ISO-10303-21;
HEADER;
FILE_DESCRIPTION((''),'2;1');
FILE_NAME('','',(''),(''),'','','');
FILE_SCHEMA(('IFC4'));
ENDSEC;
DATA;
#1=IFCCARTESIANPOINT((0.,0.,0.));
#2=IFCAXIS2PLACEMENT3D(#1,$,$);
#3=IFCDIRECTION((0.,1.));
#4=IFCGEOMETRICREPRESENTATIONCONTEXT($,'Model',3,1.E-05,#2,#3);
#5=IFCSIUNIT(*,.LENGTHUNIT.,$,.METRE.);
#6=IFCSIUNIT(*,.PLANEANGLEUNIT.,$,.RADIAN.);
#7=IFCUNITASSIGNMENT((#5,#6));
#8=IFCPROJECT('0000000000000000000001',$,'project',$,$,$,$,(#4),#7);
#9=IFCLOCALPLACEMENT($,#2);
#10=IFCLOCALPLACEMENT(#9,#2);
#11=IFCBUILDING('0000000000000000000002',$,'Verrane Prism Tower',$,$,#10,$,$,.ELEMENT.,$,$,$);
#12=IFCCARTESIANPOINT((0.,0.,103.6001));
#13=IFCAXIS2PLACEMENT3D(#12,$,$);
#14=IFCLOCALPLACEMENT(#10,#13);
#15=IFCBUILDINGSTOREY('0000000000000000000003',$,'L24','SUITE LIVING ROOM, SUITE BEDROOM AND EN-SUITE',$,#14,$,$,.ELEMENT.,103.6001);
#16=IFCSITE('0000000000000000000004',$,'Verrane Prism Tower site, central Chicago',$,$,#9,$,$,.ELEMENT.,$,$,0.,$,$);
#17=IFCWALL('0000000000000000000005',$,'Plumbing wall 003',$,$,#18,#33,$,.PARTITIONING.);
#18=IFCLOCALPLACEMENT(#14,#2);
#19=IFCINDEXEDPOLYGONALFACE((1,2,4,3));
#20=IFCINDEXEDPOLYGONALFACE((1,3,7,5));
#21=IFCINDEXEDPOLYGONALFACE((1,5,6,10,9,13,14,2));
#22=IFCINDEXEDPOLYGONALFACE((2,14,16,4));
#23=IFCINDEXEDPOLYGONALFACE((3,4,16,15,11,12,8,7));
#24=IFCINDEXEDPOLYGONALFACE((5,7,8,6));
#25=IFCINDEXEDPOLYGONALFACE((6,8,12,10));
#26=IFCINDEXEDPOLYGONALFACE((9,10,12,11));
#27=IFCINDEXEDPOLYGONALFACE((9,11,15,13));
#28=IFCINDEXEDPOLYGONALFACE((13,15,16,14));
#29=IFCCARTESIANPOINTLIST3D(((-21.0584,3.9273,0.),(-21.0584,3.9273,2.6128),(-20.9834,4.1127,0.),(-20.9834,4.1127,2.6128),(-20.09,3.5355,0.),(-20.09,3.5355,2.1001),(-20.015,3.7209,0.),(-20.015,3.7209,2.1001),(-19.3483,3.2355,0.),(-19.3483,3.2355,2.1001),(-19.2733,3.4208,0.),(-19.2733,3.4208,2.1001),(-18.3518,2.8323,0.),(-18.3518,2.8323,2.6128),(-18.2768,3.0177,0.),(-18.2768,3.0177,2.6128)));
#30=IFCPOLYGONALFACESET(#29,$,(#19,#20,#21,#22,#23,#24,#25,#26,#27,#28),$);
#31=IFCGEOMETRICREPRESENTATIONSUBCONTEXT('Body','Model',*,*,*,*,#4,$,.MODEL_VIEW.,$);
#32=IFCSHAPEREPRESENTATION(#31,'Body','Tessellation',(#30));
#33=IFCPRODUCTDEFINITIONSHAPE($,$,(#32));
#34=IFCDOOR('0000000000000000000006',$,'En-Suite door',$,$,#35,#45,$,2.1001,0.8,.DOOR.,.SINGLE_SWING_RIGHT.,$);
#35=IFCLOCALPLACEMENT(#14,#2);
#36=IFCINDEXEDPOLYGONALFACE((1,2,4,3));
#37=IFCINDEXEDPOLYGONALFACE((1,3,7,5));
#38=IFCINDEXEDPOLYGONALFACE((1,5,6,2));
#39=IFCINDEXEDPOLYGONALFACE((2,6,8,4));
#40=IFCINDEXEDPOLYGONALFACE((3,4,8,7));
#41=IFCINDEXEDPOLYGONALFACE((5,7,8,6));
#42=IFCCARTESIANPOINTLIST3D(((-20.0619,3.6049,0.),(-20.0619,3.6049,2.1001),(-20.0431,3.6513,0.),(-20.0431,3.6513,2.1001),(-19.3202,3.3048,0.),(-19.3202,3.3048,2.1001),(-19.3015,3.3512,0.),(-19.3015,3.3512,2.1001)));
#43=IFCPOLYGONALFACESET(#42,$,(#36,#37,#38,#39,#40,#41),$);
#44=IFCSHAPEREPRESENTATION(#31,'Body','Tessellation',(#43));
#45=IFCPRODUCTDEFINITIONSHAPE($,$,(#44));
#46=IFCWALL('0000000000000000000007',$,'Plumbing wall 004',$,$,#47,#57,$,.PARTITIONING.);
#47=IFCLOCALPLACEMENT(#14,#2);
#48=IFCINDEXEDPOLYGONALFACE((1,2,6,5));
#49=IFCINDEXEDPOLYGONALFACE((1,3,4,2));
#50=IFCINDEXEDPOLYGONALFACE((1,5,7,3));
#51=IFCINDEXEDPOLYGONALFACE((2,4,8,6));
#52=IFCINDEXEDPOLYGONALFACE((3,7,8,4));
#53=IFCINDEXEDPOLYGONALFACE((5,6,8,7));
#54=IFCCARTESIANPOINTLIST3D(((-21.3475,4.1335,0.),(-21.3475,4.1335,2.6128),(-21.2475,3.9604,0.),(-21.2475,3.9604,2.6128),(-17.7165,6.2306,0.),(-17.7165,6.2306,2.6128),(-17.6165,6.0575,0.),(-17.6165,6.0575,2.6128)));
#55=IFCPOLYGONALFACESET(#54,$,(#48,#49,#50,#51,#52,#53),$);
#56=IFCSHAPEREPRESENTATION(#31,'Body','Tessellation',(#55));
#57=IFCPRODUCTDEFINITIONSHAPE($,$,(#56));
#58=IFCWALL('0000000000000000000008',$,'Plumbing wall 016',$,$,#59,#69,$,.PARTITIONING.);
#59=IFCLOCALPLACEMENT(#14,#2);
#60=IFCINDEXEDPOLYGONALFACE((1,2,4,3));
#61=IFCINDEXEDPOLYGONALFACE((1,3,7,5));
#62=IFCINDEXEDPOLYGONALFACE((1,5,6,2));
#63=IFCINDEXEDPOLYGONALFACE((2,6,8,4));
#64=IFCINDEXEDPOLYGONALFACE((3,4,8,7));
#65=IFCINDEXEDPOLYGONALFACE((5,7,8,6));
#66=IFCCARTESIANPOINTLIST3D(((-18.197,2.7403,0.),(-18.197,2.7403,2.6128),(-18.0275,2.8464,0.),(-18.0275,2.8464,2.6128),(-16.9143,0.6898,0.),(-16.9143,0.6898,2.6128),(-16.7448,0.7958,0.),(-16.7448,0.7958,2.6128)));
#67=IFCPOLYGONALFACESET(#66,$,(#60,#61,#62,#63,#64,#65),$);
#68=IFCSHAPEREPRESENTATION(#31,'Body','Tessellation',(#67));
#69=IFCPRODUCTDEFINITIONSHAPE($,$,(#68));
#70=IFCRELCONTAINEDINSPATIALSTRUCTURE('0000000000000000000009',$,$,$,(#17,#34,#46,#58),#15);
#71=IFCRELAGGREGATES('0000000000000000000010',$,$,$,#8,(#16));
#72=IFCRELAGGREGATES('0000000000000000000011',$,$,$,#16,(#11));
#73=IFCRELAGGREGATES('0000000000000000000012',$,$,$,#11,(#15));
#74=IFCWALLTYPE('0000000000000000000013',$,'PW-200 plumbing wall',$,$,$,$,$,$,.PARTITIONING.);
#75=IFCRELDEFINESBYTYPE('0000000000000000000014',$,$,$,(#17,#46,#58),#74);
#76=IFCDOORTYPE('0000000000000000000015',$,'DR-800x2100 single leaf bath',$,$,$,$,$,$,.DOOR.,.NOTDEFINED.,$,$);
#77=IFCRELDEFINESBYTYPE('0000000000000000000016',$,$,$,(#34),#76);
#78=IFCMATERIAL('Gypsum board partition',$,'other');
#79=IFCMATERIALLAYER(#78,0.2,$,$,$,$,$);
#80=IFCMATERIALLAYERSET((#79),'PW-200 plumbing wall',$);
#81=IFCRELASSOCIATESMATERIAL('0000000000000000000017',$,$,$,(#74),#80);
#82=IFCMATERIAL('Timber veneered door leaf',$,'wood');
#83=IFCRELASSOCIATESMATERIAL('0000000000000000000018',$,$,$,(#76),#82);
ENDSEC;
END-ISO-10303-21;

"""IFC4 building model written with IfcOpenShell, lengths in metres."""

from ifc_helpers import new_model, si_unit, direction, frame, frame_2d, origin, place, context, subcontext, project, spatial, rectangle, extrude, material, layer, layer_set, type_object, element, fill, save


model = new_model("IFC4")

# Units and contexts
model_context = context("Model", 3, precision=1e-05, world=origin(), true_north=direction((0.0, 1.0)))
body_context = subcontext(model_context, "Body", "Model", "MODEL_VIEW")
ifc_project = project(units=[si_unit("LENGTHUNIT", "METRE"), si_unit("PLANEANGLEUNIT", "RADIAN")], contexts=[model_context])

# Site, building, storey
site_placement = place(None, origin())
site = spatial("IfcSite", under=ifc_project, at=site_placement, Name="Verrane Prism Tower site, central Chicago", CompositionType="ELEMENT", RefElevation=0.0)
building_placement = place(site_placement, origin())
building = spatial("IfcBuilding", under=site, at=building_placement, Name="Verrane Prism Tower", CompositionType="ELEMENT")
storey_placement = place(building_placement, frame((0.0, 0.0, 103.6001)))
storey = spatial("IfcBuildingStorey", under=building, at=storey_placement, Name="L24", Description="SUITE LIVING ROOM, SUITE BEDROOM AND EN-SUITE", CompositionType="ELEMENT", Elevation=103.6001)

# Wall, opening, door
ifc_material_1 = material(Name="Gypsum board partition", Category="other")
ifc_layer_1 = layer(ifc_material_1, 0.2)
ifc_layer_set_1 = layer_set([ifc_layer_1], Name="PW-200 plumbing wall")
wall_type_1 = type_object("IfcWallType", Name="PW-200 plumbing wall", PredefinedType="PARTITIONING", material=ifc_layer_set_1)
wall_1_placement = place(storey_placement, frame((-21.021, 4.02, 0.0), z_axis=(0.0, 0.0, 1.0), x_axis=(0.927011, -0.375035, 0.0)))
wall_1 = element("IfcWall", 1, at=wall_1_placement, inside=storey, type_object=wall_type_1, Name="Plumbing wall 003", PredefinedType="PARTITIONING", context=body_context, shape_type="SweptSolid", body=[
    extrude(rectangle(XDim=2.9197, YDim=0.2, at=frame_2d((1.46, 0.0))), origin(), (0.0, 0.0, 1.0), 2.6128),
])
opening_1_placement = place(wall_1_placement, frame((1.0449, 0.0, 0.0)))
opening_1 = element("IfcOpeningElement", 2, at=opening_1_placement, cuts=wall_1, PredefinedType="OPENING", context=body_context, shape_type="SweptSolid", body=[
    extrude(rectangle(XDim=0.8, YDim=2.1001, at=frame_2d((0.3999, 1.05))), frame((0.0, 0.1099, 0.0), z_axis=(0.0, -1.0, 0.0), x_axis=(1.0, 0.0, 0.0)), (0.0, 0.0, 1.0), 0.22),
])
ifc_material_2 = material(Name="Timber veneered door leaf", Category="wood")
door_type_1 = type_object("IfcDoorType", Name="DR-800x2100 single leaf bath", OperationType="NOTDEFINED", PredefinedType="DOOR", material=ifc_material_2)
door_1_placement = place(opening_1_placement, origin())
door_1 = element("IfcDoor", 3, at=door_1_placement, inside=storey, type_object=door_type_1, Name="En-Suite door", OperationType="SINGLE_SWING_RIGHT", OverallHeight=2.1001, OverallWidth=0.8, PredefinedType="DOOR", context=body_context, shape_type="SweptSolid", body=[
    extrude(rectangle(XDim=0.8, YDim=2.1001, at=frame_2d((0.3999, 1.05))), frame((0.0, 0.0249, 0.0), z_axis=(0.0, -1.0, 0.0), x_axis=(1.0, 0.0, 0.0)), (0.0, 0.0, 1.0), 0.05),
])
fill(opening_1, door_1)

# Walls
wall_2_placement = place(storey_placement, frame((-21.2976, 4.0469, 0.0), z_axis=(0.0, 0.0, 1.0), x_axis=(0.865948, 0.500134, 0.0)))
element("IfcWall", 4, at=wall_2_placement, inside=storey, type_object=wall_type_1, Name="Plumbing wall 004", PredefinedType="PARTITIONING", context=body_context, shape_type="SweptSolid", body=[
    extrude(rectangle(XDim=4.1931, YDim=0.2, at=frame_2d((2.0967, 0.0))), origin(), (0.0, 0.0, 1.0), 2.6128),
])
wall_3_placement = place(storey_placement, frame((-18.1123, 2.7935, 0.0), z_axis=(0.0, 0.0, 1.0), x_axis=(0.530335, -0.847788, 0.0)))
element("IfcWall", 5, at=wall_3_placement, inside=storey, type_object=wall_type_1, Name="Plumbing wall 016", PredefinedType="PARTITIONING", context=body_context, shape_type="SweptSolid", body=[
    extrude(rectangle(XDim=2.4187, YDim=0.2, at=frame_2d((1.2095, 0.0))), origin(), (0.0, 0.0, 1.0), 2.6128),
])

save(model, "model.ifc")
